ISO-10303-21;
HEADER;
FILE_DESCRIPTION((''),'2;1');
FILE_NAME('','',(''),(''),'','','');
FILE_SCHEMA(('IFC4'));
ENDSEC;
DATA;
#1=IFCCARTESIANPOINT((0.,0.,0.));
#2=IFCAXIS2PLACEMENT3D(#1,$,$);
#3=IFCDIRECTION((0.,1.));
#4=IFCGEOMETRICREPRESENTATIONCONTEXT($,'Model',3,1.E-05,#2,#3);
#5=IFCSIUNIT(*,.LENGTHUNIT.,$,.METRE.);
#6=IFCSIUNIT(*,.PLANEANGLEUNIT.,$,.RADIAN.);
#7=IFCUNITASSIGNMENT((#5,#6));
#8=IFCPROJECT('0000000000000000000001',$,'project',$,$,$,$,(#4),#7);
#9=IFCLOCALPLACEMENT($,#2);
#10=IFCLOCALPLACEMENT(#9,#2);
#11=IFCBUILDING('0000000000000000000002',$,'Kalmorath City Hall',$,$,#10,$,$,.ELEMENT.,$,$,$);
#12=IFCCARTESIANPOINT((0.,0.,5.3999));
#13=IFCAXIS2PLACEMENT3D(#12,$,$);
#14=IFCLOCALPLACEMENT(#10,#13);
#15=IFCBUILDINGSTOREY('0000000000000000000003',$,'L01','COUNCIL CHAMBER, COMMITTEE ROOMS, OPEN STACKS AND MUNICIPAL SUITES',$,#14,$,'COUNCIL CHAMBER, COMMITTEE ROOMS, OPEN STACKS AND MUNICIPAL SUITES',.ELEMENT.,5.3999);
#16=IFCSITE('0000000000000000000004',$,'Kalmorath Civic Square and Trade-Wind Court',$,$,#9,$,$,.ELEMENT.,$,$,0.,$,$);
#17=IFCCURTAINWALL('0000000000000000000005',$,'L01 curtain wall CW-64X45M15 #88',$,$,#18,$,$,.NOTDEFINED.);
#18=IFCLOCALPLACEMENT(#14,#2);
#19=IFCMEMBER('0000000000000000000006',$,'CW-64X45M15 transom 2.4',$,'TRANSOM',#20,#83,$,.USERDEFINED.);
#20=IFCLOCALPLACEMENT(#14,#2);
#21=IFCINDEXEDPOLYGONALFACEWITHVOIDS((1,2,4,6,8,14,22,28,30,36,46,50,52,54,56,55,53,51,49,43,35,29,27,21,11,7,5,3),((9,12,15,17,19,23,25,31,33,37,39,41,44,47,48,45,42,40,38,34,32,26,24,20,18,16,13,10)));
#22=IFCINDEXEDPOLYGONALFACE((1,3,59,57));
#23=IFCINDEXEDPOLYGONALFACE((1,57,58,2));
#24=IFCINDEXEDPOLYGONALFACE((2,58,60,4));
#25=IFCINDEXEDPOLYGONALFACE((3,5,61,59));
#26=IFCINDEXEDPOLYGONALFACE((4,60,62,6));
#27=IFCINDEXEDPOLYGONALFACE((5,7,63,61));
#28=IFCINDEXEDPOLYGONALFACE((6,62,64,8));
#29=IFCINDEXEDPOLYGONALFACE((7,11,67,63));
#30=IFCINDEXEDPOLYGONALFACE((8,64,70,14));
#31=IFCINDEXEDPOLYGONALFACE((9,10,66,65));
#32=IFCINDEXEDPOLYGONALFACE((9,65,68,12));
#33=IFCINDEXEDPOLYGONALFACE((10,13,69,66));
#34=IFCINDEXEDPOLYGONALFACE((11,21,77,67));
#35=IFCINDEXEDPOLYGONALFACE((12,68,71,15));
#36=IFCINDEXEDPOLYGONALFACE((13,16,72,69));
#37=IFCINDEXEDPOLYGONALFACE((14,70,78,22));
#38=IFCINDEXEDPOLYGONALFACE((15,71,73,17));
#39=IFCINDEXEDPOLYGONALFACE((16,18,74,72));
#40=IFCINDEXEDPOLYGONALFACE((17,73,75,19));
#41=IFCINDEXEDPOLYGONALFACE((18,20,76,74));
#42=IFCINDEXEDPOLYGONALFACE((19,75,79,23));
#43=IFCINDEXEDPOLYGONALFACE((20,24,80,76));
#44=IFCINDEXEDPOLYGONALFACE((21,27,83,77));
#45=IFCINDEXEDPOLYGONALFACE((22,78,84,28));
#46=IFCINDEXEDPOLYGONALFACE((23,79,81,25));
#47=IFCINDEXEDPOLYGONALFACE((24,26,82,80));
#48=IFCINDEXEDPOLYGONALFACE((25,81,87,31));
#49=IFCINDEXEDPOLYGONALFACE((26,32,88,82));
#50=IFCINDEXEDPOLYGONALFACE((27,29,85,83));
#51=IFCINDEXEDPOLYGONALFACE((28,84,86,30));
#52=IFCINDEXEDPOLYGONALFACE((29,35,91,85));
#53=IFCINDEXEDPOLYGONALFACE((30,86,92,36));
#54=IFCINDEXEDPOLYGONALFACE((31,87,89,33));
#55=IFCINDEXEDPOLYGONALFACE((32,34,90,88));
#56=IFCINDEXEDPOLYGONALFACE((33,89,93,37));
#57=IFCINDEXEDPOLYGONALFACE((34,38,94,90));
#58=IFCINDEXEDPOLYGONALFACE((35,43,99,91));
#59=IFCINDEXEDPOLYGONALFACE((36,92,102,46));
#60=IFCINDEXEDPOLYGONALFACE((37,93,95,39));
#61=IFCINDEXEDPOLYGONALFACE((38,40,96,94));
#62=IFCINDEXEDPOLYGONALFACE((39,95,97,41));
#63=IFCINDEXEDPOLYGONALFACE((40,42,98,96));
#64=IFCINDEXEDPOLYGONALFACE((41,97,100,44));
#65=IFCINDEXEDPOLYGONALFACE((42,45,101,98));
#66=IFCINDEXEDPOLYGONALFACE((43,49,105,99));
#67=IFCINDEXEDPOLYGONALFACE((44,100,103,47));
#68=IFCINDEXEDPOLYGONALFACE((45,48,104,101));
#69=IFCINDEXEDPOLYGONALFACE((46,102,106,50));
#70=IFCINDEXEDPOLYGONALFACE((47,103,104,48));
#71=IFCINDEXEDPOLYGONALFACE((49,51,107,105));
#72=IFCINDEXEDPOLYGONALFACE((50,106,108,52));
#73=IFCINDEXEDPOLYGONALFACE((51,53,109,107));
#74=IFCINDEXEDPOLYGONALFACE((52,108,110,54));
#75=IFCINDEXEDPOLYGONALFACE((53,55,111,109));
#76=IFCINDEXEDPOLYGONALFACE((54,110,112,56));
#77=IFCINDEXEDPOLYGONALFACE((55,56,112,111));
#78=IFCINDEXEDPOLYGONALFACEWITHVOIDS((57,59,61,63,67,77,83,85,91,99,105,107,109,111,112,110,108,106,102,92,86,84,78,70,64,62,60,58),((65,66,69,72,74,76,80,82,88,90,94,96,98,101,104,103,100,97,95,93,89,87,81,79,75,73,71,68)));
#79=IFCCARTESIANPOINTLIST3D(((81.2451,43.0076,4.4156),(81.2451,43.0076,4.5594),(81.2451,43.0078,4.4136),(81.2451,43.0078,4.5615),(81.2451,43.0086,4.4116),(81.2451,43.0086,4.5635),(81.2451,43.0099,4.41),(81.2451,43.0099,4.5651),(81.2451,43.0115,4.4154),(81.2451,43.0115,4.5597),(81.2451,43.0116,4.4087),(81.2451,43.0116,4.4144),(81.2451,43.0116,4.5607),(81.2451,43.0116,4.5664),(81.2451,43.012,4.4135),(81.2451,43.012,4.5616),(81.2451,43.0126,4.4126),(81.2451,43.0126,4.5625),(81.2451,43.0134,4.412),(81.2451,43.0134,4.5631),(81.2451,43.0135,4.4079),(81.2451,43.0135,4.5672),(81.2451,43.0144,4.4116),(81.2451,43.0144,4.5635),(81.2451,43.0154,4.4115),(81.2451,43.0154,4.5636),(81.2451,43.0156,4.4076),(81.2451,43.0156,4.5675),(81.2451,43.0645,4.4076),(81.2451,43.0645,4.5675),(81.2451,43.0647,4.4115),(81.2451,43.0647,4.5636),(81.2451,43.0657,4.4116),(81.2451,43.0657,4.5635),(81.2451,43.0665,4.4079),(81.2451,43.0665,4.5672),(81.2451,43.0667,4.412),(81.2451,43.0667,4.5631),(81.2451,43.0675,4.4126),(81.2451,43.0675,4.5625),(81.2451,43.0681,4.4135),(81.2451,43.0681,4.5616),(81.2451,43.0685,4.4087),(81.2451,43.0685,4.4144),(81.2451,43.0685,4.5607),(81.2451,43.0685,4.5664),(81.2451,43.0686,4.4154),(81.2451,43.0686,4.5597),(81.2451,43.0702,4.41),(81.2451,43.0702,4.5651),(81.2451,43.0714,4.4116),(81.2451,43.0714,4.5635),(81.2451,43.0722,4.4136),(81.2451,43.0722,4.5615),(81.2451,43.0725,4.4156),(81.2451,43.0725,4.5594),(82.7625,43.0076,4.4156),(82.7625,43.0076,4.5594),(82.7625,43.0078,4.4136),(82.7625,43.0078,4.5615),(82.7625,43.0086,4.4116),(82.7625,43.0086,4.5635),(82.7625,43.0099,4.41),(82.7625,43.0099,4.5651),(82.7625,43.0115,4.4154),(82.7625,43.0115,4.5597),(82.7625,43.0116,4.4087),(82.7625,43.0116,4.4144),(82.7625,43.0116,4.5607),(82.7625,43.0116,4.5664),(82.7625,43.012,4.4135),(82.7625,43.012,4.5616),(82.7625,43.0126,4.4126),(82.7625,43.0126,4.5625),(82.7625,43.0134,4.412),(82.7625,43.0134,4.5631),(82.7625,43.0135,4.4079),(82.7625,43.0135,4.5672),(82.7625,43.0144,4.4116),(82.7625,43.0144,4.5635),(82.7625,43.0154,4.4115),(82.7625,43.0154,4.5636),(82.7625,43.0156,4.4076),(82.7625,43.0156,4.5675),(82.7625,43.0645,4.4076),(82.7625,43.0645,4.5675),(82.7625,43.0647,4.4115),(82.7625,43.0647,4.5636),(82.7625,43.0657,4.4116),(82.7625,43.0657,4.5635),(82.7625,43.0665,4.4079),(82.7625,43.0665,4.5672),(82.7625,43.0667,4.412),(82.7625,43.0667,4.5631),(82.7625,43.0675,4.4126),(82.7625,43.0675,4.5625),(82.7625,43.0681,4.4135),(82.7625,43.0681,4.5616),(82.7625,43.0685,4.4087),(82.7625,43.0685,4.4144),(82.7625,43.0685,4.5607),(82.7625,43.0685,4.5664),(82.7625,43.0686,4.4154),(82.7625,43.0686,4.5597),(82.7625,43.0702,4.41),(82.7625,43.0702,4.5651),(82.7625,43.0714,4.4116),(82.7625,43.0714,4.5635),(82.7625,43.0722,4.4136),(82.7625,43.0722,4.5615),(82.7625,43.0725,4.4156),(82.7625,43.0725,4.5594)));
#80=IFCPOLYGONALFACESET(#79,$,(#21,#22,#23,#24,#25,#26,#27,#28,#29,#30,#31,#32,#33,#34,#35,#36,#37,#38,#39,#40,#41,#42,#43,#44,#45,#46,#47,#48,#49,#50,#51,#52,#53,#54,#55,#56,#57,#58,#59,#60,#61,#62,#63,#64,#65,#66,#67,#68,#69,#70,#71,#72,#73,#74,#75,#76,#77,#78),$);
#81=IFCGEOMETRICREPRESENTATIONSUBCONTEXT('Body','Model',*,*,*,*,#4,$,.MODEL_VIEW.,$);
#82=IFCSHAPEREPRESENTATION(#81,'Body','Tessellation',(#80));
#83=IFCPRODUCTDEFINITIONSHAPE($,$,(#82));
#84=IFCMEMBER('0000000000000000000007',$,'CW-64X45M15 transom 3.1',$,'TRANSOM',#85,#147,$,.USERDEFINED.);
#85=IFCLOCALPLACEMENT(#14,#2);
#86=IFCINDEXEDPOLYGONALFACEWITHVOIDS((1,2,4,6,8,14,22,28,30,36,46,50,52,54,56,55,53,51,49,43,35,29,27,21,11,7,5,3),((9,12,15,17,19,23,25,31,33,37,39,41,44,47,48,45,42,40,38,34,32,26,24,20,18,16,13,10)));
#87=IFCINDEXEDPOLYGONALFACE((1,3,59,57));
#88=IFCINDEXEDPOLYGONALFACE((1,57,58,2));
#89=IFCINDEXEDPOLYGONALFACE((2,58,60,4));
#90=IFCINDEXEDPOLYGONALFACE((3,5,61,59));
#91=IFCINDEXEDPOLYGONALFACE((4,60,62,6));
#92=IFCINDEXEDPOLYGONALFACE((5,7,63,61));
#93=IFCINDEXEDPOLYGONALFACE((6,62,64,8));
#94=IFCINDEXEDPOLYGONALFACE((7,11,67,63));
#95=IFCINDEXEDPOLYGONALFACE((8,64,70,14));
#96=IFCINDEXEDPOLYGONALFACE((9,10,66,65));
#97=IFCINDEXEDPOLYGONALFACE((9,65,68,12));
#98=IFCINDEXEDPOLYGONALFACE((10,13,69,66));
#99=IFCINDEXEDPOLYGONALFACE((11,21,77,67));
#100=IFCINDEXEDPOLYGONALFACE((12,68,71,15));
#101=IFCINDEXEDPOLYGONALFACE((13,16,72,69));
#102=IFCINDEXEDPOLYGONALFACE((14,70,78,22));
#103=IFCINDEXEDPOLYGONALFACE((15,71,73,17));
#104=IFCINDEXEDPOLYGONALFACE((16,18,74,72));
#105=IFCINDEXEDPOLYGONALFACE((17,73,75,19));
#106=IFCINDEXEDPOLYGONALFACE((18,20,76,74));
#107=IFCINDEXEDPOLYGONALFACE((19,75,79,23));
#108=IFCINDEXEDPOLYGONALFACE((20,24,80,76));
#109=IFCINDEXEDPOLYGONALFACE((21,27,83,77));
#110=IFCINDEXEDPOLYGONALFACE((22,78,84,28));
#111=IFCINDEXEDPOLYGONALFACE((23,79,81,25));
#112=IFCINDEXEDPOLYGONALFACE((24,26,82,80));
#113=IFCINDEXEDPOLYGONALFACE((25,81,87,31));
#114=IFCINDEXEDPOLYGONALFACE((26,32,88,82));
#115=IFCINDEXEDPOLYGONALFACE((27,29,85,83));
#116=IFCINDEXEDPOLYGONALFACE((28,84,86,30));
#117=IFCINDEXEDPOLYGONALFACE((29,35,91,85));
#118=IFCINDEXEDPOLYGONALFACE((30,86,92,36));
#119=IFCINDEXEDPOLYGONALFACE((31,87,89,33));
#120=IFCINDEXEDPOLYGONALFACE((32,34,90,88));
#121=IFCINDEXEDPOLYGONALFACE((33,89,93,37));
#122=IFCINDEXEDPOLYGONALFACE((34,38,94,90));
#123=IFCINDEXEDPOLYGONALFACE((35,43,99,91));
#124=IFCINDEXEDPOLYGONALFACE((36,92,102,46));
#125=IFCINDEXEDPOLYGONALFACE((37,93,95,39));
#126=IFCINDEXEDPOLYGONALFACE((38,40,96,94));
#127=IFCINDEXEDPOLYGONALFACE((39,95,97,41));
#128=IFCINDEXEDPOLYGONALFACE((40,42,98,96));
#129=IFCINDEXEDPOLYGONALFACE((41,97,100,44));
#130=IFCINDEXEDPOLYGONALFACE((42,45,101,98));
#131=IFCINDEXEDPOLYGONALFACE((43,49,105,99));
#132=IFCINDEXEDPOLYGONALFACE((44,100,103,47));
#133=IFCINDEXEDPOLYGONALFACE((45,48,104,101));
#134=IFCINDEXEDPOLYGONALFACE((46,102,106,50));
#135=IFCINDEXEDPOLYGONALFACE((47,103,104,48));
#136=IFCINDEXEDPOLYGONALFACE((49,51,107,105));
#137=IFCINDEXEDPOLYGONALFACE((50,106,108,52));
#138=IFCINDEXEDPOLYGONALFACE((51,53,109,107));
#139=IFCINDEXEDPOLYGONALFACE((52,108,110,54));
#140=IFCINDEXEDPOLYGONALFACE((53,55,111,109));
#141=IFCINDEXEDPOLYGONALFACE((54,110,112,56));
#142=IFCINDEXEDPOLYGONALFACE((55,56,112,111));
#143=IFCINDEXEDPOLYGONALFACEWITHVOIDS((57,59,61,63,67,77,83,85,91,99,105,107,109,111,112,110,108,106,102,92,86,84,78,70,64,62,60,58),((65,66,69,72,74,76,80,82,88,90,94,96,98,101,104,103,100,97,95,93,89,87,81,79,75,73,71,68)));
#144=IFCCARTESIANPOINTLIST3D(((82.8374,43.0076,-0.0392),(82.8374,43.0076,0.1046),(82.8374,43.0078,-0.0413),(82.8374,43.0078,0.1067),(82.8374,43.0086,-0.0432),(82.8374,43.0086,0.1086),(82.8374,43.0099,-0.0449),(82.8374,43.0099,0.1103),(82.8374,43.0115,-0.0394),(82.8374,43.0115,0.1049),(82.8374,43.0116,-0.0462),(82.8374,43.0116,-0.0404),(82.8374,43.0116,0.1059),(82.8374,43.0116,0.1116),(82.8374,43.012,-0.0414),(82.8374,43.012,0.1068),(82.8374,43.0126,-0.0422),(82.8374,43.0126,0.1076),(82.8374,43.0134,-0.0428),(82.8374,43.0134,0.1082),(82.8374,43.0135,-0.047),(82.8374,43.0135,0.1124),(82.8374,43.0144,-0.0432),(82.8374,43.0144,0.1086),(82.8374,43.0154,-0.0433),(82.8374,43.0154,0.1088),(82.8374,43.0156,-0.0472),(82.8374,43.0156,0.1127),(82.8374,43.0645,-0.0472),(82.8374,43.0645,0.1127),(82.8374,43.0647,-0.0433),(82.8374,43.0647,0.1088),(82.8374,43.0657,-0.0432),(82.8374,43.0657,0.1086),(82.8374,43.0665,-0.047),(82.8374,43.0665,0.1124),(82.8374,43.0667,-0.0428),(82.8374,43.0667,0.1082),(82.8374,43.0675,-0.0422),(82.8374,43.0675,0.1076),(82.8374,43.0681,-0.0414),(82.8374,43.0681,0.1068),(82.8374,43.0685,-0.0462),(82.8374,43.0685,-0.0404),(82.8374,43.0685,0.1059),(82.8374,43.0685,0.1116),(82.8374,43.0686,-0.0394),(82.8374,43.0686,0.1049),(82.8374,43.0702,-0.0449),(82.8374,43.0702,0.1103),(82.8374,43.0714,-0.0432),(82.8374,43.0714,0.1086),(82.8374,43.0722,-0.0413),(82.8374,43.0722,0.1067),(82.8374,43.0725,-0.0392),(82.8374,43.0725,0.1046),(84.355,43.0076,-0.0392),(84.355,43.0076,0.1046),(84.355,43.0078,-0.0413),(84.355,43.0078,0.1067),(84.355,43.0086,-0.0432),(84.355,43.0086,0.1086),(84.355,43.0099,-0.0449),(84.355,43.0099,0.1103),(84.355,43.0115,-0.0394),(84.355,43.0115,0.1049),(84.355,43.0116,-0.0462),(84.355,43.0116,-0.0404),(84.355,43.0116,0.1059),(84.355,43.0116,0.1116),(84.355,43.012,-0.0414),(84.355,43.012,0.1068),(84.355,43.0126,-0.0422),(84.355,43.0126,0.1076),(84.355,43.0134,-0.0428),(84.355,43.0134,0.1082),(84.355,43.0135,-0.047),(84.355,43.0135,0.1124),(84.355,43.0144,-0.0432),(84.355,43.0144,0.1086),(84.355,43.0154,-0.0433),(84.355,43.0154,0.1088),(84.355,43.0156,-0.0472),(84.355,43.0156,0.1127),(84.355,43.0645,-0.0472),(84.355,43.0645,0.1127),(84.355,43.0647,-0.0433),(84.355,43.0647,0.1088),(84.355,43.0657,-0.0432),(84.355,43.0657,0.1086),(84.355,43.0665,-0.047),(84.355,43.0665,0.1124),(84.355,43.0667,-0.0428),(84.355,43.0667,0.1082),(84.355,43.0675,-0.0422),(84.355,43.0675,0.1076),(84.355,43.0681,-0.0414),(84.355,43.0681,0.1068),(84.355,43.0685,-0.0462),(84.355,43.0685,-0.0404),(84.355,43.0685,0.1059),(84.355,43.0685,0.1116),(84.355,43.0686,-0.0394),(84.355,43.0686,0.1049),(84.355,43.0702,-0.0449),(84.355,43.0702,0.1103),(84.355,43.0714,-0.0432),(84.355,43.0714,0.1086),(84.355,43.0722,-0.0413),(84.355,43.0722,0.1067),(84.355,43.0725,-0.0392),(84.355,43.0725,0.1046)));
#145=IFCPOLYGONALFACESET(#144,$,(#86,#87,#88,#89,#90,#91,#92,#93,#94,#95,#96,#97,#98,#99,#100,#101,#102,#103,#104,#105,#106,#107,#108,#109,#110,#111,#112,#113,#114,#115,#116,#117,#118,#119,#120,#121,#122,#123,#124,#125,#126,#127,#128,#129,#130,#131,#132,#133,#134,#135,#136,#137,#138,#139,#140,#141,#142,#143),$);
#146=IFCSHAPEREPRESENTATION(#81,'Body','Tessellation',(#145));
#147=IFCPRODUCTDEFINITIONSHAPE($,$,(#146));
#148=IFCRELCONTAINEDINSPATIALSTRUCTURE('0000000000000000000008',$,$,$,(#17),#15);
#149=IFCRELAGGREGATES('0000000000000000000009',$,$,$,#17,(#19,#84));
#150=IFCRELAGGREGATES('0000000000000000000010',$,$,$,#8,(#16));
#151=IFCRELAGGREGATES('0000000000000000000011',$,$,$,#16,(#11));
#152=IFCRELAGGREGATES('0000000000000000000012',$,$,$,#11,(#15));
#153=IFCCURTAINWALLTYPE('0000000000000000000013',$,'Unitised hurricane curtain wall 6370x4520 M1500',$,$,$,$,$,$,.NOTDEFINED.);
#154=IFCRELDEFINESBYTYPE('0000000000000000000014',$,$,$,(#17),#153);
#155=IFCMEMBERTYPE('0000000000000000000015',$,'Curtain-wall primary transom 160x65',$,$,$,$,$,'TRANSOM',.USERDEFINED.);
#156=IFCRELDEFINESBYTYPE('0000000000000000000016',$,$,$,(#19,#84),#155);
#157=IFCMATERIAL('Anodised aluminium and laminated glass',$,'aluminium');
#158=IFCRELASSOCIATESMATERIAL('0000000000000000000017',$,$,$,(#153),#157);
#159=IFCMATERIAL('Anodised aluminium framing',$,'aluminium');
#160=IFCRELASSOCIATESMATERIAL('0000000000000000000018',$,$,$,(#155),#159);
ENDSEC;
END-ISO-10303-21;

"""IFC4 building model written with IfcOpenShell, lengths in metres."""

from ifc_helpers import new_model, si_unit, direction, frame, origin, origin_2d, place, context, subcontext, project, spatial, hollow_rectangle, extrude, material, material_profile, profile_set, type_object, element, aggregate, save


model = new_model("IFC4")

# Units and contexts
model_context = context("Model", 3, precision=1e-05, world=origin(), true_north=direction((0.0, 1.0)))
body_context = subcontext(model_context, "Body", "Model", "MODEL_VIEW")
ifc_project = project(units=[si_unit("LENGTHUNIT", "METRE"), si_unit("PLANEANGLEUNIT", "RADIAN")], contexts=[model_context])

# Site, building, storey
site_placement = place(None, origin())
site = spatial("IfcSite", under=ifc_project, at=site_placement, Name="Kalmorath Civic Square and Trade-Wind Court", CompositionType="ELEMENT", RefElevation=0.0)
building_placement = place(site_placement, origin())
building = spatial("IfcBuilding", under=site, at=building_placement, Name="Kalmorath City Hall", CompositionType="ELEMENT")
storey_placement = place(building_placement, frame((0.0, 0.0, 5.3999)))
storey = spatial("IfcBuildingStorey", under=building, at=storey_placement, Name="L01", Description="COUNCIL CHAMBER, COMMITTEE ROOMS, OPEN STACKS AND MUNICIPAL SUITES", LongName="COUNCIL CHAMBER, COMMITTEE ROOMS, OPEN STACKS AND MUNICIPAL SUITES", CompositionType="ELEMENT", Elevation=5.3999)

# Curtain wall
ifc_material_1 = material(Name="Anodised aluminium and laminated glass", Category="aluminium")
curtain_wall_type_1 = type_object("IfcCurtainWallType", Name="Unitised hurricane curtain wall 6370x4520 M1500", PredefinedType="NOTDEFINED", material=ifc_material_1)
curtain_wall_1_placement = place(storey_placement, origin())
curtain_wall_1 = element("IfcCurtainWall", 1, at=curtain_wall_1_placement, inside=storey, type_object=curtain_wall_type_1, Name="L01 curtain wall CW-64X45M15 #88", PredefinedType="NOTDEFINED")

# Members
ifc_material_2 = material(Name="Anodised aluminium framing", Category="aluminium")
ifc_material_profile_1 = material_profile(ifc_material_2, hollow_rectangle(XDim=0.0649, YDim=0.1599, WallThickness=0.0039, InnerFilletRadius=0.0039, OuterFilletRadius=0.0081, at=origin_2d()), Name="ALU-TRN-160X65X4")
ifc_profile_set_1 = profile_set([ifc_material_profile_1], Name="Anodised aluminium framing")
member_type_1 = type_object("IfcMemberType", Name="Curtain-wall primary transom 160x65", ElementType="TRANSOM", PredefinedType="USERDEFINED", material=ifc_profile_set_1)
member_1_placement = place(storey_placement, frame((81.2451, 43.04, 4.4875), z_axis=(1.0, 0.0, 0.0), x_axis=(0.0, 1.0, 0.0)))
member_1 = element("IfcMember", 2, at=member_1_placement, type_object=member_type_1, Name="CW-64X45M15 transom 2.4", ObjectType="TRANSOM", PredefinedType="USERDEFINED", context=body_context, shape_type="SweptSolid", body=[
    extrude(hollow_rectangle(XDim=0.0649, YDim=0.1599, WallThickness=0.0039, InnerFilletRadius=0.0039, OuterFilletRadius=0.0081, at=origin_2d()), origin(), (0.0, 0.0, 1.0), 1.5173),
])
member_2_placement = place(storey_placement, frame((82.8374, 43.04, 0.0327), z_axis=(1.0, 0.0, 0.0), x_axis=(0.0, 1.0, 0.0)))
member_2 = element("IfcMember", 3, at=member_2_placement, type_object=member_type_1, Name="CW-64X45M15 transom 3.1", ObjectType="TRANSOM", PredefinedType="USERDEFINED", context=body_context, shape_type="SweptSolid", body=[
    extrude(hollow_rectangle(XDim=0.0649, YDim=0.1599, WallThickness=0.0039, InnerFilletRadius=0.0039, OuterFilletRadius=0.0081, at=origin_2d()), origin(), (0.0, 0.0, 1.0), 1.5176),
])

aggregate(curtain_wall_1, [member_1, member_2])

save(model, "model.ifc")
